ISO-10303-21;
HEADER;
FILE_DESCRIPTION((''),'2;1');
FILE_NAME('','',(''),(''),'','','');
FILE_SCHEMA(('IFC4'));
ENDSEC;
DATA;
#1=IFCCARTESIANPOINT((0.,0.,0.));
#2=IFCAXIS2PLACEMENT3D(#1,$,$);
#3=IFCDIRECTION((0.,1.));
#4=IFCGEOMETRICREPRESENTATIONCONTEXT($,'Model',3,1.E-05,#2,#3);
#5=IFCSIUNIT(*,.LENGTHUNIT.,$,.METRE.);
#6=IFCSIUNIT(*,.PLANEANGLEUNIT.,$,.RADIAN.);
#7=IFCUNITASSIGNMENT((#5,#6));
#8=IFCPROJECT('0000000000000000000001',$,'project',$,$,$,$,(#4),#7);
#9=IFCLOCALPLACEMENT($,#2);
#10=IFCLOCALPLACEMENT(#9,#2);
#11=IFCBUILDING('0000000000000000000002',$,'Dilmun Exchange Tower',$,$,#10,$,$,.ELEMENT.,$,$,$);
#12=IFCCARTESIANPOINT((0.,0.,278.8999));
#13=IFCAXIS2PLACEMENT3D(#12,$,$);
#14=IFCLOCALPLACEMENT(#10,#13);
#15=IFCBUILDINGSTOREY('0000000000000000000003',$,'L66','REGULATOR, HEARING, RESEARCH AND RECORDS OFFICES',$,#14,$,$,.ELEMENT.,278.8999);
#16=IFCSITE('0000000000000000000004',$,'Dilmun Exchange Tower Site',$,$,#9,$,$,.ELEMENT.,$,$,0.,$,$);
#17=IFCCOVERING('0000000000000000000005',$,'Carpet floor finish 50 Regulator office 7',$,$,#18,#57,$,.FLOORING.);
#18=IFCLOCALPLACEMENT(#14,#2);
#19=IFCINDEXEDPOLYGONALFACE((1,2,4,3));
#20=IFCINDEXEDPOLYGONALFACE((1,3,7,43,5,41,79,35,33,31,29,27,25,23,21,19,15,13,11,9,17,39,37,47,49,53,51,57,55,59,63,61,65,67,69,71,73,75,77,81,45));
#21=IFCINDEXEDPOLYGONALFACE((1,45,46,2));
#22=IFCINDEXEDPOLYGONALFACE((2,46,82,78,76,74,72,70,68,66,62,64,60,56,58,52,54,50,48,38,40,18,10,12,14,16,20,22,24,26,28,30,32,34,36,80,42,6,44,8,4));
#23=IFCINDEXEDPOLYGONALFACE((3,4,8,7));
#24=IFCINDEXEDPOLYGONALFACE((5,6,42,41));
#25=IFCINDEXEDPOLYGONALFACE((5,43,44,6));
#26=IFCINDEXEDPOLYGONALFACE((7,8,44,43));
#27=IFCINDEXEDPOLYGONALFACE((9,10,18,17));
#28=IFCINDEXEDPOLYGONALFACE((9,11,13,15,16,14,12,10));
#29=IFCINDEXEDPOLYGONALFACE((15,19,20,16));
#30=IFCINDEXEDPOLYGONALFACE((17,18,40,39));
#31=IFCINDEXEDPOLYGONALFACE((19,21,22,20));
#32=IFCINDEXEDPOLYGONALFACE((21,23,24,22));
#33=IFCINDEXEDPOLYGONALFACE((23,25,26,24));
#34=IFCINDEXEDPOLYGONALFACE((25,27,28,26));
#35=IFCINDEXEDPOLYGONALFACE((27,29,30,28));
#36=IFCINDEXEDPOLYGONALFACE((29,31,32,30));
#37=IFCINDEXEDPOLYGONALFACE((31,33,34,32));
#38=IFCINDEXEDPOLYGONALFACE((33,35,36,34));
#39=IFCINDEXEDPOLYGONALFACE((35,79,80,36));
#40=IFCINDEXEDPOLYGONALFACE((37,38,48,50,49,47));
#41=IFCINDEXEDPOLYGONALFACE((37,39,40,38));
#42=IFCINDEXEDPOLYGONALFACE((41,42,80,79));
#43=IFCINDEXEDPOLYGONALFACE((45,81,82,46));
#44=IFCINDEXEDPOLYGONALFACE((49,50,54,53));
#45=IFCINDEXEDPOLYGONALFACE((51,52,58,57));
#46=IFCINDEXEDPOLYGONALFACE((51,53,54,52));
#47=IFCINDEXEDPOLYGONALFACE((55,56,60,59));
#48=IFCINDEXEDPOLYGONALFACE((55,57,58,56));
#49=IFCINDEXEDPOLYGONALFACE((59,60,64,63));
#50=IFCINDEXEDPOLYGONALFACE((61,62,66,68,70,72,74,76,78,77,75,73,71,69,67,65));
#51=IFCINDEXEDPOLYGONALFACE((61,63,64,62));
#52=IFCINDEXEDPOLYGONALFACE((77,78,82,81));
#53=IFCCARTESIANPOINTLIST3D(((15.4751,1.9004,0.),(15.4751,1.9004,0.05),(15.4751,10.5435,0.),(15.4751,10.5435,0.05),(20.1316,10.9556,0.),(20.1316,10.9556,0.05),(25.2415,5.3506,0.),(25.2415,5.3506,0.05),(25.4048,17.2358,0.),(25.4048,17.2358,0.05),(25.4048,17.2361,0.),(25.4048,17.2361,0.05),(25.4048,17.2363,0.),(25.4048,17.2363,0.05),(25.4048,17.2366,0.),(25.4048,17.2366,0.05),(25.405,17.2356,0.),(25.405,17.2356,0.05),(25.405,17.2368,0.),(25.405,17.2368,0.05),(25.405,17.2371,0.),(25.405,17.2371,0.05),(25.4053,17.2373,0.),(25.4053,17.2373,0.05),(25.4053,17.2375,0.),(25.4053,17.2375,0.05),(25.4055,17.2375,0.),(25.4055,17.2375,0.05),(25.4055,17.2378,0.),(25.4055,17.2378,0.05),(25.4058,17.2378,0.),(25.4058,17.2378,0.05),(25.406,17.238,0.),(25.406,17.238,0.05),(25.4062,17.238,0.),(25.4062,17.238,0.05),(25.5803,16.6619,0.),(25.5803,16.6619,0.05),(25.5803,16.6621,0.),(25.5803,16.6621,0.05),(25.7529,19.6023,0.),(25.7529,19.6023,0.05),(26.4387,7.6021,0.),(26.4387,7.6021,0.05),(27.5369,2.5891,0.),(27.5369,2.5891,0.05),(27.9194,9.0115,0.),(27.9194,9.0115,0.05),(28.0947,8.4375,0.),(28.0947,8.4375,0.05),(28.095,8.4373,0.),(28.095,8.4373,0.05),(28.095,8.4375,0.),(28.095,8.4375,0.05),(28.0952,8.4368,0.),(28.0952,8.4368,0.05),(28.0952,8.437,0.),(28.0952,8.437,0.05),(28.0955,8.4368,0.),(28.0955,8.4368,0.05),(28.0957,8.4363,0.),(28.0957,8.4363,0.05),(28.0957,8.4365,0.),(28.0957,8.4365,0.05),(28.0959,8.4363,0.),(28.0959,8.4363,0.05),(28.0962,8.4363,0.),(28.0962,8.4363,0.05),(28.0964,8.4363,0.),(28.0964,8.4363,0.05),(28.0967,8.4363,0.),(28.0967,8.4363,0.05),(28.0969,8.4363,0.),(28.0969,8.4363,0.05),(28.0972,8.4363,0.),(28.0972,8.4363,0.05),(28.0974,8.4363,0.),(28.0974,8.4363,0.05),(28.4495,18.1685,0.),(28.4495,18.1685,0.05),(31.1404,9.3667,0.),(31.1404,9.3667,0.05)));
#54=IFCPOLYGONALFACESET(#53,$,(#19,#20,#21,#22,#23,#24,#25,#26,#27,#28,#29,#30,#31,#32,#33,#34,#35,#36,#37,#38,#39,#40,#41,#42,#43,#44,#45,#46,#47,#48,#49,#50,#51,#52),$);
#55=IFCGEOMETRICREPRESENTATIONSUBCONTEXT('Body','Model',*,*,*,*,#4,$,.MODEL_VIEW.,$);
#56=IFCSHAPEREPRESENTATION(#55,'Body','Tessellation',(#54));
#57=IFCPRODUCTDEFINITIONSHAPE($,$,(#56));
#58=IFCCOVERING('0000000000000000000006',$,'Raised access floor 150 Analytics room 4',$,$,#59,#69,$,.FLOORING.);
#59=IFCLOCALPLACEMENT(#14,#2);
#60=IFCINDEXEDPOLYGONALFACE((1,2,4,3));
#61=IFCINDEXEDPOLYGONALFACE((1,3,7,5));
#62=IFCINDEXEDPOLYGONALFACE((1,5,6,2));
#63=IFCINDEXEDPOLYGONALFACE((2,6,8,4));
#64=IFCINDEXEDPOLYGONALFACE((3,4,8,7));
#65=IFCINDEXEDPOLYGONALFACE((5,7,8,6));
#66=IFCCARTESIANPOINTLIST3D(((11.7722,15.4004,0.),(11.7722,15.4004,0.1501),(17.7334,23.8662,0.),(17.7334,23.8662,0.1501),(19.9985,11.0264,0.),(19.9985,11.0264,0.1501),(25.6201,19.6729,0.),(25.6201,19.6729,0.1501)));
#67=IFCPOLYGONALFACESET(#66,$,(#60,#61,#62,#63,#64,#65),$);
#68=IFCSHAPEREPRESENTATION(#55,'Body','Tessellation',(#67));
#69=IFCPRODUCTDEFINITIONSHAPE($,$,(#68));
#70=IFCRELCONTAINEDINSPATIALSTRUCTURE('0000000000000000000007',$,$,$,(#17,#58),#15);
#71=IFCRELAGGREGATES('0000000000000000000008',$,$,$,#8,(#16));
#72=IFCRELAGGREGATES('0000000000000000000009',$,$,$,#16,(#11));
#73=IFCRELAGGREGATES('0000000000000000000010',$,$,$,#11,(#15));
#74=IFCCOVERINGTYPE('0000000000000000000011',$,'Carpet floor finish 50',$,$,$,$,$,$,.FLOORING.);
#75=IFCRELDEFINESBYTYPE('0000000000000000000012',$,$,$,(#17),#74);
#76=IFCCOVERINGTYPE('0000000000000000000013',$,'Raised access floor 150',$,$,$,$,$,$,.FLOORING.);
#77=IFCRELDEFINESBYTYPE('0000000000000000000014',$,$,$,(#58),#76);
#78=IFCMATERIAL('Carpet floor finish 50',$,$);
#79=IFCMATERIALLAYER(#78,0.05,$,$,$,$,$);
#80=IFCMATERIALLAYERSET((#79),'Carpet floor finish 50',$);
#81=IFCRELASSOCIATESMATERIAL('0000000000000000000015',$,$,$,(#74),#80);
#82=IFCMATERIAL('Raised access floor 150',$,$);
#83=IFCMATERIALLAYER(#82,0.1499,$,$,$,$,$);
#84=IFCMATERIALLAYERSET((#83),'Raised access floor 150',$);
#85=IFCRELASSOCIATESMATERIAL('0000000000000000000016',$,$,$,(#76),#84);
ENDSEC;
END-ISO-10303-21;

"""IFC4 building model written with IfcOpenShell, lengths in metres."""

from ifc_helpers import new_model, si_unit, direction, frame, origin, place, context, subcontext, project, spatial, polyline, outline, extrude, material, layer, layer_set, type_object, element, save


model = new_model("IFC4")

# Units and contexts
model_context = context("Model", 3, precision=1e-05, world=origin(), true_north=direction((0.0, 1.0)))
body_context = subcontext(model_context, "Body", "Model", "MODEL_VIEW")
ifc_project = project(units=[si_unit("LENGTHUNIT", "METRE"), si_unit("PLANEANGLEUNIT", "RADIAN")], contexts=[model_context])

# Site, building, storey
site_placement = place(None, origin())
site = spatial("IfcSite", under=ifc_project, at=site_placement, Name="Dilmun Exchange Tower Site", CompositionType="ELEMENT", RefElevation=0.0)
building_placement = place(site_placement, origin())
building = spatial("IfcBuilding", under=site, at=building_placement, Name="Dilmun Exchange Tower", CompositionType="ELEMENT")
storey_placement = place(building_placement, frame((0.0, 0.0, 278.8999)))
storey = spatial("IfcBuildingStorey", under=building, at=storey_placement, Name="L66", Description="REGULATOR, HEARING, RESEARCH AND RECORDS OFFICES", CompositionType="ELEMENT", Elevation=278.8999)

# Coverings
ifc_material_1 = material(Name="Carpet floor finish 50")
ifc_layer_1 = layer(ifc_material_1, 0.05)
ifc_layer_set_1 = layer_set([ifc_layer_1], Name="Carpet floor finish 50")
covering_type_1 = type_object("IfcCoveringType", Name="Carpet floor finish 50", PredefinedType="FLOORING", material=ifc_layer_set_1)
covering_1_placement = place(storey_placement, origin())
element("IfcCovering", 1, at=covering_1_placement, inside=storey, type_object=covering_type_1, Name="Carpet floor finish 50 Regulator office 7", PredefinedType="FLOORING", context=body_context, shape_type="SweptSolid", body=[
    extrude(outline(polyline([(25.2415, 5.3506), (26.4387, 7.6021), (20.1316, 10.9556), (25.7529, 19.6023), (28.4495, 18.1685), (25.4062, 17.238), (25.406, 17.238), (25.406, 17.238), (25.4058, 17.2378), (25.4055, 17.2378), (25.4055, 17.2375), (25.4053, 17.2375), (25.4053, 17.2373), (25.405, 17.2371), (25.405, 17.2371), (25.405, 17.2368), (25.4048, 17.2366), (25.4048, 17.2363), (25.4048, 17.2361), (25.4048, 17.2361), (25.4048, 17.2358), (25.405, 17.2356), (25.5803, 16.6621), (25.5803, 16.6619), (27.9194, 9.0115), (28.0947, 8.4375), (28.095, 8.4375), (28.095, 8.4373), (28.0952, 8.437), (28.0952, 8.437), (28.0952, 8.4368), (28.0955, 8.4368), (28.0957, 8.4365), (28.0957, 8.4363), (28.0959, 8.4363), (28.0962, 8.4363), (28.0962, 8.4363), (28.0964, 8.4363), (28.0967, 8.4363), (28.0969, 8.4363), (28.0972, 8.4363), (28.0974, 8.4363), (31.1404, 9.3667), (27.5369, 2.5891), (15.4751, 1.9004), (15.4751, 10.5435), (25.2415, 5.3506)])), origin(), (0.0, 0.0, 1.0), 0.05),
])
ifc_material_2 = material(Name="Raised access floor 150")
ifc_layer_2 = layer(ifc_material_2, 0.1499)
ifc_layer_set_2 = layer_set([ifc_layer_2], Name="Raised access floor 150")
covering_type_2 = type_object("IfcCoveringType", Name="Raised access floor 150", PredefinedType="FLOORING", material=ifc_layer_set_2)
covering_2_placement = place(storey_placement, origin())
element("IfcCovering", 2, at=covering_2_placement, inside=storey, type_object=covering_type_2, Name="Raised access floor 150 Analytics room 4", PredefinedType="FLOORING", context=body_context, shape_type="SweptSolid", body=[
    extrude(outline(polyline([(11.7722, 15.4004), (17.7334, 23.8662), (25.6201, 19.6729), (19.9985, 11.0264), (11.7722, 15.4004)])), origin(), (0.0, 0.0, 1.0), 0.1501),
])

save(model, "model.ifc")
